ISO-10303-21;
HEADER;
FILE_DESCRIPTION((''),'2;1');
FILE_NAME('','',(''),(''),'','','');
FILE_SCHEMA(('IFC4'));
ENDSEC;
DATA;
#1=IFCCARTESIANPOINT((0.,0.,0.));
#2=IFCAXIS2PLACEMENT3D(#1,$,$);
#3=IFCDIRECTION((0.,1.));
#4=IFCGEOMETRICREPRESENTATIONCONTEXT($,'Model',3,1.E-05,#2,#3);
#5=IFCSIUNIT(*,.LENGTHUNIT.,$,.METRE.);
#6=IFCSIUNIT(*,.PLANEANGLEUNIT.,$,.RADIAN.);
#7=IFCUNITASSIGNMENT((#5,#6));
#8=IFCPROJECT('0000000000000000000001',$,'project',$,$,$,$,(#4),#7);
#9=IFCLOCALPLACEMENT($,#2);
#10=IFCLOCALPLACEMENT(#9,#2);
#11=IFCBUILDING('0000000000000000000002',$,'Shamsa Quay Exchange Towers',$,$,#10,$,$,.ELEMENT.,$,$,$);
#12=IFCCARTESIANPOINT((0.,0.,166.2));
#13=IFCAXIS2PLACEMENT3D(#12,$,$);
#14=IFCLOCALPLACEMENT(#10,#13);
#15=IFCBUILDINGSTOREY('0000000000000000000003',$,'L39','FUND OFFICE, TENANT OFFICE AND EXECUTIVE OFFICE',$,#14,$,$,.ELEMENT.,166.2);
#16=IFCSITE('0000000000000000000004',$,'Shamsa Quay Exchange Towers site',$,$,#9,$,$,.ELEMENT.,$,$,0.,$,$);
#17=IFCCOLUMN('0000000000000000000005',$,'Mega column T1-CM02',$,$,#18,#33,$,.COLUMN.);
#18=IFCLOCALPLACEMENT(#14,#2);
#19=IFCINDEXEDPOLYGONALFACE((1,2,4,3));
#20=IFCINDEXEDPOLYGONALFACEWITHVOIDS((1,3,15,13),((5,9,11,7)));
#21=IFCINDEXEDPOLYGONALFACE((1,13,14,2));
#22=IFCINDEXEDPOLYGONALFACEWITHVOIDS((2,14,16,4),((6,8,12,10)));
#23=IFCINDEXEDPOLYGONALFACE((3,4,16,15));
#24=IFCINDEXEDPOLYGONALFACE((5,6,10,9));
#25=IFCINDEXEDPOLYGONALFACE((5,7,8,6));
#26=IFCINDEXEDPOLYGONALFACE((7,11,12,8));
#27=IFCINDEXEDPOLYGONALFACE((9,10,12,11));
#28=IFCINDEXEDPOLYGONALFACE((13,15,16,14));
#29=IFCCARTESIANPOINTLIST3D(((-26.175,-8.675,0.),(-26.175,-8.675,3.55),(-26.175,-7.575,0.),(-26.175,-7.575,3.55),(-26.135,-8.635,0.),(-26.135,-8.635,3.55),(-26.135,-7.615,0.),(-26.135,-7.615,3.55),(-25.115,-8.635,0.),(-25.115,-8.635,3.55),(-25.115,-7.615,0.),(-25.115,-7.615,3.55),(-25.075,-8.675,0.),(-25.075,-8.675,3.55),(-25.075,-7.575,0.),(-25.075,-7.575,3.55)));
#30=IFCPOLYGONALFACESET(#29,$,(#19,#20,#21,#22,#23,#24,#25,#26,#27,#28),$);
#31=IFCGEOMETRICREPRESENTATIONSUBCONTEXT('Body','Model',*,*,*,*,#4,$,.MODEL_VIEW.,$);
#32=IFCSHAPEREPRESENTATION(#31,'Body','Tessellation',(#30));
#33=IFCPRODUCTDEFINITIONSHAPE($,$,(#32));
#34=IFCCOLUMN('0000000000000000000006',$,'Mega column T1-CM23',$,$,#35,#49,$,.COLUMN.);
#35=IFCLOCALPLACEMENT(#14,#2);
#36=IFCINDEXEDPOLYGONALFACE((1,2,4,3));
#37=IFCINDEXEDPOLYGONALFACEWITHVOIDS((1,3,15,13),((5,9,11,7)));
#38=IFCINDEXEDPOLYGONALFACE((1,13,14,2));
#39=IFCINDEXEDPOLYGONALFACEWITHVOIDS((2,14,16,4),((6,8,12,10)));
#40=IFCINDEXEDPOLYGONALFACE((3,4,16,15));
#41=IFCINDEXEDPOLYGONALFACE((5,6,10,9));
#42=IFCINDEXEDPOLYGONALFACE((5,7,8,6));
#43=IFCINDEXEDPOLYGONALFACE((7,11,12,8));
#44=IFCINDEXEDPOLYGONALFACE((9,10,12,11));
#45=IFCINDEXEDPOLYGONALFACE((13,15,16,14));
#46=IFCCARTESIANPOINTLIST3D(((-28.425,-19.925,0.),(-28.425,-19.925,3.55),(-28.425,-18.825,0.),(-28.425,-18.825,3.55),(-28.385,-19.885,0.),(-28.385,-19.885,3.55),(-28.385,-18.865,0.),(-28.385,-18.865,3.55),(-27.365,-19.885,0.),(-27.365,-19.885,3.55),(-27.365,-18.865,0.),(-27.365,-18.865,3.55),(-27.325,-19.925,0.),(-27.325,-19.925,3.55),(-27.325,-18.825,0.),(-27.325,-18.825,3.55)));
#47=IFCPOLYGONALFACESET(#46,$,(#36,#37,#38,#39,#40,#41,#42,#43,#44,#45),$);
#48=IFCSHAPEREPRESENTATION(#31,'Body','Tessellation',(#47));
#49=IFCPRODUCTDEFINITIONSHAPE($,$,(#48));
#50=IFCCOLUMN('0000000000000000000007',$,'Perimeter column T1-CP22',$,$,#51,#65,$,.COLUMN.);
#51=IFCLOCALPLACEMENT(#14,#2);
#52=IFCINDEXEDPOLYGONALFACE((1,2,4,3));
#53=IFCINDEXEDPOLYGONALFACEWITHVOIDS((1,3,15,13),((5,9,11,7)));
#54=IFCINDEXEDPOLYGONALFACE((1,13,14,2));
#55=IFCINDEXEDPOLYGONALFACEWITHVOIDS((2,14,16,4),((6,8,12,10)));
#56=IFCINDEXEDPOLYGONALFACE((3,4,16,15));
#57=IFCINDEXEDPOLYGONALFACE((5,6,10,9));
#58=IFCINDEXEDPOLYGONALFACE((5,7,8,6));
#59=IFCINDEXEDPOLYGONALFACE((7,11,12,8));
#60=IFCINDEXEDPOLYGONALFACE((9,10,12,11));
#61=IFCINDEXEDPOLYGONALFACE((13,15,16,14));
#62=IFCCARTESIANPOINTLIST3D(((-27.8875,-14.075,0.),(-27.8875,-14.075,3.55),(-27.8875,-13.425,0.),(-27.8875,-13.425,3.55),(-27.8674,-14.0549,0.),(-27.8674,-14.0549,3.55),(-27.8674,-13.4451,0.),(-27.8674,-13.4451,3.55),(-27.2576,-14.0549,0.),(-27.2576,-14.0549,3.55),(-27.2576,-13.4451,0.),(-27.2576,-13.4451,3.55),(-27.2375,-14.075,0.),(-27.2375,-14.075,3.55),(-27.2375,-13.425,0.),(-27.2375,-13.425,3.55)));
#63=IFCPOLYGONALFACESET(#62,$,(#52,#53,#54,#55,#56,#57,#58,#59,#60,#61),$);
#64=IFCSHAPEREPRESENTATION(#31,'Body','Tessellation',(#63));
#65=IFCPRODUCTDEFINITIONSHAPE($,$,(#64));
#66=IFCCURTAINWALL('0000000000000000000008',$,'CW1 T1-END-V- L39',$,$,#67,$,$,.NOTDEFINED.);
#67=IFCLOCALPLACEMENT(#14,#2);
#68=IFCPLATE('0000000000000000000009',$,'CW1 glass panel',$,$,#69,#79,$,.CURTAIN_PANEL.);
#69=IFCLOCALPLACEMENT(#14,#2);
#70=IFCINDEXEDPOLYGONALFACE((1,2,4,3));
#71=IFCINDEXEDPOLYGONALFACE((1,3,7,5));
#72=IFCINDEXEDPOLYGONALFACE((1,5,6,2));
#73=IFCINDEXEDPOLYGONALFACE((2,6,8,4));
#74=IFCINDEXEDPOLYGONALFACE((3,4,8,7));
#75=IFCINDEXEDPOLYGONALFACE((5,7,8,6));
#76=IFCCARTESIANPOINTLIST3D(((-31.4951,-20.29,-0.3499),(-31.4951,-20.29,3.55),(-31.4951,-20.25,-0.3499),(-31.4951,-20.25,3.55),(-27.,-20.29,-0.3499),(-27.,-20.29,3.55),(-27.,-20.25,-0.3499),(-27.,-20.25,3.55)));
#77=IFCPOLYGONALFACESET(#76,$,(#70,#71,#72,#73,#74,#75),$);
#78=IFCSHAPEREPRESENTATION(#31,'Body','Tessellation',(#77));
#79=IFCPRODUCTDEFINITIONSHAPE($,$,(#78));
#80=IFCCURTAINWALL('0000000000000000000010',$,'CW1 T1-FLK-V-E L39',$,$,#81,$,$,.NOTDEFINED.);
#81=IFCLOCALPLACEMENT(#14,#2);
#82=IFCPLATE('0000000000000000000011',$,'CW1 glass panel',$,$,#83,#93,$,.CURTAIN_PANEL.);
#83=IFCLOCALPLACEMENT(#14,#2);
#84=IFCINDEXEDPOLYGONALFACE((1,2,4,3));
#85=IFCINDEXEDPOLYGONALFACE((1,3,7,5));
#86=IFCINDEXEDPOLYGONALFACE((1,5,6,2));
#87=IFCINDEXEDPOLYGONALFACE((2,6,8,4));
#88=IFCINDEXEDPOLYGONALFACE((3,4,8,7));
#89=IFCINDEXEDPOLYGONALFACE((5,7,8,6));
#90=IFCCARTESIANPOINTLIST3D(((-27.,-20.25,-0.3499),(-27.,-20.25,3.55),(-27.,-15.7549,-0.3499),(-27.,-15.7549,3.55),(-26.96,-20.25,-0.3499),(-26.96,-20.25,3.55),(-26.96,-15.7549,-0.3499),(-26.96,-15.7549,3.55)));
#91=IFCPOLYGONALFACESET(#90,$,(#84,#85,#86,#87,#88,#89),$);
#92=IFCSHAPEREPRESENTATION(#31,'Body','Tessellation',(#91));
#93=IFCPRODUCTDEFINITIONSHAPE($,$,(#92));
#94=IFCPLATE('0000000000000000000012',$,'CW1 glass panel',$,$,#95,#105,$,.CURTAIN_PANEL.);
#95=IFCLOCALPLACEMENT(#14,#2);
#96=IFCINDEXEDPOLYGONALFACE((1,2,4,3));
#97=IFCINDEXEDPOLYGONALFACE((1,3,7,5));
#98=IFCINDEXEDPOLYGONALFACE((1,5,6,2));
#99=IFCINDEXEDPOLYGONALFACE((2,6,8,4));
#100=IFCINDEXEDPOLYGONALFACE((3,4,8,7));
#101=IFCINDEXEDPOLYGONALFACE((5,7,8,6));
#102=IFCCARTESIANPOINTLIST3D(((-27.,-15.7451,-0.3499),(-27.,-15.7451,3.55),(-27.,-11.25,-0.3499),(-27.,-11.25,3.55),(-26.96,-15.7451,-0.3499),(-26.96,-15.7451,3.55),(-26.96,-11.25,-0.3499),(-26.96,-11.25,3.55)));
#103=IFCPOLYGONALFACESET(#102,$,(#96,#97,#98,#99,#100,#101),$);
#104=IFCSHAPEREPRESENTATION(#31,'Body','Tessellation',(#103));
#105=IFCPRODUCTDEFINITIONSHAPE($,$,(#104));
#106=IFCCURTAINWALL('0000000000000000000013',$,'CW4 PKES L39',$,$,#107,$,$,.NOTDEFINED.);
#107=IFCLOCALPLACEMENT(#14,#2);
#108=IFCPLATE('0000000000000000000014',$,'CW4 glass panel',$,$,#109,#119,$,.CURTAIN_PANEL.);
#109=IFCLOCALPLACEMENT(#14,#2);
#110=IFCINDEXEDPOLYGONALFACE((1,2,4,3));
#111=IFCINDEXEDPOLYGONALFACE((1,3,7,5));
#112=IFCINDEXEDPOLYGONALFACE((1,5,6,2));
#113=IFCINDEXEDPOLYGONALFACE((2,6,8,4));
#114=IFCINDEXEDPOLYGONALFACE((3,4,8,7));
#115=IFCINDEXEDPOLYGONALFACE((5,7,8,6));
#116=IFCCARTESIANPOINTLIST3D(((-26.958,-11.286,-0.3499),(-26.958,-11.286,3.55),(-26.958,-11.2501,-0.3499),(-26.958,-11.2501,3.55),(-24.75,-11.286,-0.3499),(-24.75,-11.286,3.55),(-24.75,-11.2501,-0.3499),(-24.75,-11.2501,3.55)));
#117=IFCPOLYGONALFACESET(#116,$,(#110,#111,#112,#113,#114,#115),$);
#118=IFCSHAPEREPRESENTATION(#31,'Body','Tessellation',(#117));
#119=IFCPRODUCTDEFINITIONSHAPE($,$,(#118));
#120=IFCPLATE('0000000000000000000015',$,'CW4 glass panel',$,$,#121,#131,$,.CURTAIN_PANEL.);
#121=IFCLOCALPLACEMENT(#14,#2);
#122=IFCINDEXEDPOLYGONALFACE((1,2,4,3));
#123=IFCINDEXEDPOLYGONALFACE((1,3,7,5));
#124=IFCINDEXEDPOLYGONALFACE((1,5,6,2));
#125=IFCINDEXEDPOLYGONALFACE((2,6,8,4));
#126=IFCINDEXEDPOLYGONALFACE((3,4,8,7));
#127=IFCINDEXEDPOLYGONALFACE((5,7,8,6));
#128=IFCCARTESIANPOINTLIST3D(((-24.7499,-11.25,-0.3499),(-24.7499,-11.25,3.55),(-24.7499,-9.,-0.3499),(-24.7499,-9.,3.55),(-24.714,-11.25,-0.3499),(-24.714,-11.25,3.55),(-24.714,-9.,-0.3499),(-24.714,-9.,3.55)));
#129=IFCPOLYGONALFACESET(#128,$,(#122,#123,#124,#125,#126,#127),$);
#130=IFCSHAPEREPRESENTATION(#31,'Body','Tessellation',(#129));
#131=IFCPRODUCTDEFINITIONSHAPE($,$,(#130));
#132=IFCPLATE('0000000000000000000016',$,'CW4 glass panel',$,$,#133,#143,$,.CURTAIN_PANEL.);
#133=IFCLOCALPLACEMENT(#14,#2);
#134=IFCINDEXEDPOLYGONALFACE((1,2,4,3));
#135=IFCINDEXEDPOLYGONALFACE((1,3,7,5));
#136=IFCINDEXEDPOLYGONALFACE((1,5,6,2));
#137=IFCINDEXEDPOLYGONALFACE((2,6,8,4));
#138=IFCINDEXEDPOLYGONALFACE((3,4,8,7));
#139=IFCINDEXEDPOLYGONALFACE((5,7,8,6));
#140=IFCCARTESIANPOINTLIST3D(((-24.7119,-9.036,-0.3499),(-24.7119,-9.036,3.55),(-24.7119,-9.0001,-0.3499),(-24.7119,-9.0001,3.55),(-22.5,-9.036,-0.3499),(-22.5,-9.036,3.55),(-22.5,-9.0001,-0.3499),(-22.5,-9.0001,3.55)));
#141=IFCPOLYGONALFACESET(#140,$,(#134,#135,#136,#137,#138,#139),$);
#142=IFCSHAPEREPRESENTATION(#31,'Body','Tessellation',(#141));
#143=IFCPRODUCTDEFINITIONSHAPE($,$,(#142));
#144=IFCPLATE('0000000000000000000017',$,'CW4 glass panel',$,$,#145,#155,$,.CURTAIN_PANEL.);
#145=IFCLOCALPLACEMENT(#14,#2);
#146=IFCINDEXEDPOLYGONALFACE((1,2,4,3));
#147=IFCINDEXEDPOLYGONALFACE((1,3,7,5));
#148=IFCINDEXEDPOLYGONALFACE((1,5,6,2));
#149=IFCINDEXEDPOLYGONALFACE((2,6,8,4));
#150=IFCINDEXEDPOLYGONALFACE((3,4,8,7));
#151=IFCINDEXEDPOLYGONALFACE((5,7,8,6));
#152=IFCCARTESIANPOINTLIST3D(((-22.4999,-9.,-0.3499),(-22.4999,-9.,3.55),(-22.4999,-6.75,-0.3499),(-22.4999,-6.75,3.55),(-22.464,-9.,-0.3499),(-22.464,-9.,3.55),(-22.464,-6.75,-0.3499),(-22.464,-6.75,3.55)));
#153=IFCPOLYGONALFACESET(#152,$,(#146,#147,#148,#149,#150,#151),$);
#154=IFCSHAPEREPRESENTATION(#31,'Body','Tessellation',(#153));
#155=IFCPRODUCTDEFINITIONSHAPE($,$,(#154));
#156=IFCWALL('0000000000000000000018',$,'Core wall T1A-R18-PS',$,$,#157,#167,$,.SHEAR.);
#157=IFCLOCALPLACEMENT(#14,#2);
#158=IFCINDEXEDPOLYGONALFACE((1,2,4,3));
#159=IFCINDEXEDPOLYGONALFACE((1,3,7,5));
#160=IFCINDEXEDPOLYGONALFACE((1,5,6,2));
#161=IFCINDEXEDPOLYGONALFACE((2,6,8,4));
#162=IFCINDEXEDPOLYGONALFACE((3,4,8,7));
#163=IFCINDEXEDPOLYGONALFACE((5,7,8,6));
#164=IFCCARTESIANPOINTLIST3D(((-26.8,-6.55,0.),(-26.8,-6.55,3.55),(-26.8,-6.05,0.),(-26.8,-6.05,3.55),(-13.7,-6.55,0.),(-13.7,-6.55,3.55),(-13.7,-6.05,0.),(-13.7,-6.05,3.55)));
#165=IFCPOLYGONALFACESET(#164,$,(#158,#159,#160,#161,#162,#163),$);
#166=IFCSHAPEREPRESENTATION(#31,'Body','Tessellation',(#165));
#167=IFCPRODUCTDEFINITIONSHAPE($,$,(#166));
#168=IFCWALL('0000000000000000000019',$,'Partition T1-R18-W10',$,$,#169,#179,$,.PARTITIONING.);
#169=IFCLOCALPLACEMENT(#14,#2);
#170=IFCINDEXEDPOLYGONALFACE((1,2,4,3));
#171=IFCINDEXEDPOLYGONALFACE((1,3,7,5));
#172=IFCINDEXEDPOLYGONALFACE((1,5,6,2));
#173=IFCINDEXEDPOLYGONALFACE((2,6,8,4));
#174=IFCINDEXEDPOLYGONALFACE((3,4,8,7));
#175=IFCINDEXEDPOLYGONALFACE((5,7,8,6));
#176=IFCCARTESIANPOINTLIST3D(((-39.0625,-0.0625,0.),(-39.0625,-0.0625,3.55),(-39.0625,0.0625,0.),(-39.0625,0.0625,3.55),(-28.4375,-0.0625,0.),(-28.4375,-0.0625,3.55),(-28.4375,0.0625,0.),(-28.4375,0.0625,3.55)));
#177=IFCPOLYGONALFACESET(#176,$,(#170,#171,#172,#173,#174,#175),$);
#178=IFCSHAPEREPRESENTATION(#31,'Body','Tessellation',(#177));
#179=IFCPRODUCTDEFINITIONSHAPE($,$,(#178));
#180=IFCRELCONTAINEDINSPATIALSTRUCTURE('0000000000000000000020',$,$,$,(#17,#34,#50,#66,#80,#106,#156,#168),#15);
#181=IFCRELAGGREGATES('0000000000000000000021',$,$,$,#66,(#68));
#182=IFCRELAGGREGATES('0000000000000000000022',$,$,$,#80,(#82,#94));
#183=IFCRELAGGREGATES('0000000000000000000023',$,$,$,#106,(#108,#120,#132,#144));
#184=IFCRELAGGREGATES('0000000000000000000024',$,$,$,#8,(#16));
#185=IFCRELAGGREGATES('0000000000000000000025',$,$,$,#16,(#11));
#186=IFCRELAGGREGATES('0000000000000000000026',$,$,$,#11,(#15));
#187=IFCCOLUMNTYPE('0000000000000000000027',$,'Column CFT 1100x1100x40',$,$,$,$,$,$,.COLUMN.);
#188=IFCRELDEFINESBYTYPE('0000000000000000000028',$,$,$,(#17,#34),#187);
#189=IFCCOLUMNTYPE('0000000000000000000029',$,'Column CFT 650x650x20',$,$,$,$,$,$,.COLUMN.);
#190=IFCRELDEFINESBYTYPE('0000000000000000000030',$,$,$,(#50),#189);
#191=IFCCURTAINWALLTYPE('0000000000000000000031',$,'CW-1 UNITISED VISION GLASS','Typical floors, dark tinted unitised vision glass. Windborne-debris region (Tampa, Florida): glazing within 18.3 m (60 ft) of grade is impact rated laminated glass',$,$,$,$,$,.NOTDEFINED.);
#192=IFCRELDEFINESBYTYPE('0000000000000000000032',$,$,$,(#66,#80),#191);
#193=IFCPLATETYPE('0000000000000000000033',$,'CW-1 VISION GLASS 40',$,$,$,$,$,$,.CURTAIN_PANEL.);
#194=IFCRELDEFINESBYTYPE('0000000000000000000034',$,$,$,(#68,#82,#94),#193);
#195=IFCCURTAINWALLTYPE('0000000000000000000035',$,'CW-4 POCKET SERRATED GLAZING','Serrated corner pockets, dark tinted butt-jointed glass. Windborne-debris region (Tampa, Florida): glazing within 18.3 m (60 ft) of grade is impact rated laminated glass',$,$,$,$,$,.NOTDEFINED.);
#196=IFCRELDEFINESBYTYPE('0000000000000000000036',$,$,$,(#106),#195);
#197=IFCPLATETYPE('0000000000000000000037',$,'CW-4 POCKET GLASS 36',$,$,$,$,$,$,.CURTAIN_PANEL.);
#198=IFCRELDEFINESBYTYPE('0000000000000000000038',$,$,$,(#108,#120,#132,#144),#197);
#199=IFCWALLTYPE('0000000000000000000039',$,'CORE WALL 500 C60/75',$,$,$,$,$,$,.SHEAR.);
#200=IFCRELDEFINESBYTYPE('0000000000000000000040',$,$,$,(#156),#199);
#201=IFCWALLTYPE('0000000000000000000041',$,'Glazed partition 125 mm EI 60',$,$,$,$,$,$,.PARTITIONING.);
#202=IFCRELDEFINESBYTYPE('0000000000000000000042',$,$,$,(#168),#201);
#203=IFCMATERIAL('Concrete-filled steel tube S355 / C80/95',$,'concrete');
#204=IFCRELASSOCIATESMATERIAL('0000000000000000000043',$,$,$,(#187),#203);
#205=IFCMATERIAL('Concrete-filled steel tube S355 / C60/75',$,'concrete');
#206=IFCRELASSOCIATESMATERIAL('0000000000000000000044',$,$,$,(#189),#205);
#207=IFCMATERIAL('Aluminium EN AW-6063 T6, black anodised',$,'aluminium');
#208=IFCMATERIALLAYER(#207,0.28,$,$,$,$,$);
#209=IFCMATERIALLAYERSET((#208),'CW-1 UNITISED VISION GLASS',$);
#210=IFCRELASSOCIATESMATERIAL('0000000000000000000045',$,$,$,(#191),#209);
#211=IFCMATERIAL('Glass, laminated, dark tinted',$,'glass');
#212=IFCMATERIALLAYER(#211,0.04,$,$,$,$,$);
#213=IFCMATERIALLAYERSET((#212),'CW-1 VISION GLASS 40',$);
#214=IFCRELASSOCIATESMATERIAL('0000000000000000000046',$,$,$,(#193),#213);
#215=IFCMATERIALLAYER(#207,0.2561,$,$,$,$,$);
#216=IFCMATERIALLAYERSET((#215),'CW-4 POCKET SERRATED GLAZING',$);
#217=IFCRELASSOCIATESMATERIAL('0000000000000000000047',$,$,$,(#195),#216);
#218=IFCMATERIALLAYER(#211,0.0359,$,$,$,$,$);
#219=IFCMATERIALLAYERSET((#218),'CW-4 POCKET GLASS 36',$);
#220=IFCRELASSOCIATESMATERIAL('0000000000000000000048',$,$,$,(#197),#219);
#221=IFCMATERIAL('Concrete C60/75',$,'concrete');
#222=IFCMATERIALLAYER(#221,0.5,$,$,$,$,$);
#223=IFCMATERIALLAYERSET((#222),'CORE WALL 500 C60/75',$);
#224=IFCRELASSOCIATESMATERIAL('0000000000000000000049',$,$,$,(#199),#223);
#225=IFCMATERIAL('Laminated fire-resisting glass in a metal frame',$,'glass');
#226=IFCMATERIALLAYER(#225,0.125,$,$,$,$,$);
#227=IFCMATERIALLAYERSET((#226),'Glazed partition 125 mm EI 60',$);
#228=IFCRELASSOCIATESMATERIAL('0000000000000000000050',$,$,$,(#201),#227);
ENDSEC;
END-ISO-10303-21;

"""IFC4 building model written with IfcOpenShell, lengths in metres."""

from ifc_helpers import new_model, si_unit, direction, frame, frame_2d, origin, origin_2d, place, context, subcontext, project, spatial, rectangle, hollow_rectangle, extrude, material, layer, layer_set, material_profile, profile_set, type_object, element, aggregate, save


model = new_model("IFC4")

# Units and contexts
model_context = context("Model", 3, precision=1e-05, world=origin(), true_north=direction((0.0, 1.0)))
body_context = subcontext(model_context, "Body", "Model", "MODEL_VIEW")
ifc_project = project(units=[si_unit("LENGTHUNIT", "METRE"), si_unit("PLANEANGLEUNIT", "RADIAN")], contexts=[model_context])

# Site, building, storey
site_placement = place(None, origin())
site = spatial("IfcSite", under=ifc_project, at=site_placement, Name="Shamsa Quay Exchange Towers site", CompositionType="ELEMENT", RefElevation=0.0)
building_placement = place(site_placement, origin())
building = spatial("IfcBuilding", under=site, at=building_placement, Name="Shamsa Quay Exchange Towers", CompositionType="ELEMENT")
storey_placement = place(building_placement, frame((0.0, 0.0, 166.2)))
storey = spatial("IfcBuildingStorey", under=building, at=storey_placement, Name="L39", Description="FUND OFFICE, TENANT OFFICE AND EXECUTIVE OFFICE", CompositionType="ELEMENT", Elevation=166.2)

# Columns
ifc_material_1 = material(Name="Concrete-filled steel tube S355 / C80/95", Category="concrete")
ifc_material_profile_1 = material_profile(ifc_material_1, hollow_rectangle(XDim=1.1001, YDim=1.1001, WallThickness=0.04, at=origin_2d()), Name="CFT 1100x1100x40")
ifc_profile_set_1 = profile_set([ifc_material_profile_1], Name="Concrete-filled steel tube S355 / C80/95")
column_type_1 = type_object("IfcColumnType", Name="Column CFT 1100x1100x40", PredefinedType="COLUMN", material=ifc_profile_set_1)
for number, where, name in (
    (1, (-25.625, -8.125, 0.0), "Mega column T1-CM02"),
    (2, (-27.875, -19.375, 0.0), "Mega column T1-CM23"),
):
    element("IfcColumn", number, at=place(storey_placement, frame(where)), inside=storey, type_object=column_type_1, Name=name, PredefinedType="COLUMN", context=body_context, shape_type="SweptSolid", body=[
        extrude(hollow_rectangle(XDim=1.1001, YDim=1.1001, WallThickness=0.04, at=origin_2d()), origin(), (0.0, 0.0, 1.0), 3.55),
    ])
ifc_material_2 = material(Name="Concrete-filled steel tube S355 / C60/75", Category="concrete")
ifc_material_profile_2 = material_profile(ifc_material_2, hollow_rectangle(XDim=0.6499, YDim=0.6499, WallThickness=0.02, at=origin_2d()), Name="CFT 650x650x20")
ifc_profile_set_2 = profile_set([ifc_material_profile_2], Name="Concrete-filled steel tube S355 / C60/75")
column_type_2 = type_object("IfcColumnType", Name="Column CFT 650x650x20", PredefinedType="COLUMN", material=ifc_profile_set_2)
column_placement = place(storey_placement, frame((-27.5625, -13.75, 0.0)))
element("IfcColumn", 3, at=column_placement, inside=storey, type_object=column_type_2, Name="Perimeter column T1-CP22", PredefinedType="COLUMN", context=body_context, shape_type="SweptSolid", body=[
    extrude(hollow_rectangle(XDim=0.6499, YDim=0.6499, WallThickness=0.02, at=origin_2d()), origin(), (0.0, 0.0, 1.0), 3.55),
])

# Curtain wall, plate
ifc_material_3 = material(Name="Aluminium EN AW-6063 T6, black anodised", Category="aluminium")
ifc_layer_1 = layer(ifc_material_3, 0.28)
ifc_layer_set_1 = layer_set([ifc_layer_1], Name="CW-1 UNITISED VISION GLASS")
curtain_wall_type_1 = type_object("IfcCurtainWallType", Name="CW-1 UNITISED VISION GLASS", Description="Typical floors, dark tinted unitised vision glass. Windborne-debris region (Tampa, Florida): glazing within 18.3 m (60 ft) of grade is impact rated laminated glass", PredefinedType="NOTDEFINED", material=ifc_layer_set_1)
curtain_wall_1_placement = place(storey_placement, origin())
curtain_wall_1 = element("IfcCurtainWall", 4, at=curtain_wall_1_placement, inside=storey, type_object=curtain_wall_type_1, Name="CW1 T1-END-V- L39", PredefinedType="NOTDEFINED")
ifc_material_4 = material(Name="Glass, laminated, dark tinted", Category="glass")
ifc_layer_2 = layer(ifc_material_4, 0.04)
ifc_layer_set_2 = layer_set([ifc_layer_2], Name="CW-1 VISION GLASS 40")
plate_type_1 = type_object("IfcPlateType", Name="CW-1 VISION GLASS 40", PredefinedType="CURTAIN_PANEL", material=ifc_layer_set_2)
plate_1_placement = place(storey_placement, frame((-29.2476, -20.27, -0.3499)))
plate_1 = element("IfcPlate", 5, at=plate_1_placement, type_object=plate_type_1, Name="CW1 glass panel", PredefinedType="CURTAIN_PANEL", context=body_context, shape_type="SweptSolid", body=[
    extrude(rectangle(XDim=4.4951, YDim=0.04, at=origin_2d()), origin(), (0.0, 0.0, 1.0), 3.8999),
])
aggregate(curtain_wall_1, [plate_1])

# Curtain walls, plates
curtain_wall_2_placement = place(storey_placement, origin())
curtain_wall_2 = element("IfcCurtainWall", 6, at=curtain_wall_2_placement, inside=storey, type_object=curtain_wall_type_1, Name="CW1 T1-FLK-V-E L39", PredefinedType="NOTDEFINED")
plate_2_placement = place(storey_placement, frame((-26.98, -18.0024, -0.3499), z_axis=(0.0, 0.0, 1.0), x_axis=(0.0, 1.0, 0.0)))
plate_2 = element("IfcPlate", 7, at=plate_2_placement, type_object=plate_type_1, Name="CW1 glass panel", PredefinedType="CURTAIN_PANEL", context=body_context, shape_type="SweptSolid", body=[
    extrude(rectangle(XDim=4.4951, YDim=0.04, at=origin_2d()), origin(), (0.0, 0.0, 1.0), 3.8999),
])
plate_3_placement = place(storey_placement, frame((-26.98, -13.4976, -0.3499), z_axis=(0.0, 0.0, 1.0), x_axis=(0.0, 1.0, 0.0)))
plate_3 = element("IfcPlate", 8, at=plate_3_placement, type_object=plate_type_1, Name="CW1 glass panel", PredefinedType="CURTAIN_PANEL", context=body_context, shape_type="SweptSolid", body=[
    extrude(rectangle(XDim=4.4951, YDim=0.04, at=origin_2d()), origin(), (0.0, 0.0, 1.0), 3.8999),
])
aggregate(curtain_wall_2, [plate_2, plate_3])
ifc_layer_3 = layer(ifc_material_3, 0.2561)
ifc_layer_set_3 = layer_set([ifc_layer_3], Name="CW-4 POCKET SERRATED GLAZING")
curtain_wall_type_2 = type_object("IfcCurtainWallType", Name="CW-4 POCKET SERRATED GLAZING", Description="Serrated corner pockets, dark tinted butt-jointed glass. Windborne-debris region (Tampa, Florida): glazing within 18.3 m (60 ft) of grade is impact rated laminated glass", PredefinedType="NOTDEFINED", material=ifc_layer_set_3)
curtain_wall_3_placement = place(storey_placement, origin())
curtain_wall_3 = element("IfcCurtainWall", 9, at=curtain_wall_3_placement, inside=storey, type_object=curtain_wall_type_2, Name="CW4 PKES L39", PredefinedType="NOTDEFINED")
ifc_layer_4 = layer(ifc_material_4, 0.0359)
ifc_layer_set_4 = layer_set([ifc_layer_4], Name="CW-4 POCKET GLASS 36")
plate_type_2 = type_object("IfcPlateType", Name="CW-4 POCKET GLASS 36", PredefinedType="CURTAIN_PANEL", material=ifc_layer_set_4)
plate_4_placement = place(storey_placement, frame((-25.854, -11.2681, -0.3499)))
plate_4 = element("IfcPlate", 10, at=plate_4_placement, type_object=plate_type_2, Name="CW4 glass panel", PredefinedType="CURTAIN_PANEL", context=body_context, shape_type="SweptSolid", body=[
    extrude(rectangle(XDim=2.208, YDim=0.0359, at=origin_2d()), origin(), (0.0, 0.0, 1.0), 3.8999),
])
plate_5_placement = place(storey_placement, frame((-24.7319, -10.125, -0.3499), z_axis=(0.0, 0.0, 1.0), x_axis=(0.0, 1.0, 0.0)))
plate_5 = element("IfcPlate", 11, at=plate_5_placement, type_object=plate_type_2, Name="CW4 glass panel", PredefinedType="CURTAIN_PANEL", context=body_context, shape_type="SweptSolid", body=[
    extrude(rectangle(XDim=2.25, YDim=0.0359, at=origin_2d()), origin(), (0.0, 0.0, 1.0), 3.8999),
])
plate_6_placement = place(storey_placement, frame((-23.606, -9.0181, -0.3499)))
plate_6 = element("IfcPlate", 12, at=plate_6_placement, type_object=plate_type_2, Name="CW4 glass panel", PredefinedType="CURTAIN_PANEL", context=body_context, shape_type="SweptSolid", body=[
    extrude(rectangle(XDim=2.2119, YDim=0.0359, at=origin_2d()), origin(), (0.0, 0.0, 1.0), 3.8999),
])
plate_7_placement = place(storey_placement, frame((-22.4819, -7.875, -0.3499), z_axis=(0.0, 0.0, 1.0), x_axis=(0.0, 1.0, 0.0)))
plate_7 = element("IfcPlate", 13, at=plate_7_placement, type_object=plate_type_2, Name="CW4 glass panel", PredefinedType="CURTAIN_PANEL", context=body_context, shape_type="SweptSolid", body=[
    extrude(rectangle(XDim=2.25, YDim=0.0359, at=origin_2d()), origin(), (0.0, 0.0, 1.0), 3.8999),
])
aggregate(curtain_wall_3, [plate_4, plate_5, plate_6, plate_7])

# Walls
ifc_material_5 = material(Name="Concrete C60/75", Category="concrete")
ifc_layer_5 = layer(ifc_material_5, 0.5)
ifc_layer_set_5 = layer_set([ifc_layer_5], Name="CORE WALL 500 C60/75")
wall_type_1 = type_object("IfcWallType", Name="CORE WALL 500 C60/75", PredefinedType="SHEAR", material=ifc_layer_set_5)
wall_1_placement = place(storey_placement, frame((-26.8, -6.3, 0.0)))
element("IfcWall", 14, at=wall_1_placement, inside=storey, type_object=wall_type_1, Name="Core wall T1A-R18-PS", PredefinedType="SHEAR", context=body_context, shape_type="SweptSolid", body=[
    extrude(rectangle(XDim=13.1001, YDim=0.5, at=frame_2d((6.55, 0.0))), origin(), (0.0, 0.0, 1.0), 3.55),
])
ifc_material_6 = material(Name="Laminated fire-resisting glass in a metal frame", Category="glass")
ifc_layer_6 = layer(ifc_material_6, 0.125)
ifc_layer_set_6 = layer_set([ifc_layer_6], Name="Glazed partition 125 mm EI 60")
wall_type_2 = type_object("IfcWallType", Name="Glazed partition 125 mm EI 60", PredefinedType="PARTITIONING", material=ifc_layer_set_6)
wall_2_placement = place(storey_placement, frame((-28.4375, 0.0, 0.0), z_axis=(0.0, 0.0, 1.0), x_axis=(-1.0, 0.0, 0.0)))
element("IfcWall", 15, at=wall_2_placement, inside=storey, type_object=wall_type_2, Name="Partition T1-R18-W10", PredefinedType="PARTITIONING", context=body_context, shape_type="SweptSolid", body=[
    extrude(rectangle(XDim=10.625, YDim=0.125, at=frame_2d((5.3125, 0.0))), origin(), (0.0, 0.0, 1.0), 3.55),
])

save(model, "model.ifc")
